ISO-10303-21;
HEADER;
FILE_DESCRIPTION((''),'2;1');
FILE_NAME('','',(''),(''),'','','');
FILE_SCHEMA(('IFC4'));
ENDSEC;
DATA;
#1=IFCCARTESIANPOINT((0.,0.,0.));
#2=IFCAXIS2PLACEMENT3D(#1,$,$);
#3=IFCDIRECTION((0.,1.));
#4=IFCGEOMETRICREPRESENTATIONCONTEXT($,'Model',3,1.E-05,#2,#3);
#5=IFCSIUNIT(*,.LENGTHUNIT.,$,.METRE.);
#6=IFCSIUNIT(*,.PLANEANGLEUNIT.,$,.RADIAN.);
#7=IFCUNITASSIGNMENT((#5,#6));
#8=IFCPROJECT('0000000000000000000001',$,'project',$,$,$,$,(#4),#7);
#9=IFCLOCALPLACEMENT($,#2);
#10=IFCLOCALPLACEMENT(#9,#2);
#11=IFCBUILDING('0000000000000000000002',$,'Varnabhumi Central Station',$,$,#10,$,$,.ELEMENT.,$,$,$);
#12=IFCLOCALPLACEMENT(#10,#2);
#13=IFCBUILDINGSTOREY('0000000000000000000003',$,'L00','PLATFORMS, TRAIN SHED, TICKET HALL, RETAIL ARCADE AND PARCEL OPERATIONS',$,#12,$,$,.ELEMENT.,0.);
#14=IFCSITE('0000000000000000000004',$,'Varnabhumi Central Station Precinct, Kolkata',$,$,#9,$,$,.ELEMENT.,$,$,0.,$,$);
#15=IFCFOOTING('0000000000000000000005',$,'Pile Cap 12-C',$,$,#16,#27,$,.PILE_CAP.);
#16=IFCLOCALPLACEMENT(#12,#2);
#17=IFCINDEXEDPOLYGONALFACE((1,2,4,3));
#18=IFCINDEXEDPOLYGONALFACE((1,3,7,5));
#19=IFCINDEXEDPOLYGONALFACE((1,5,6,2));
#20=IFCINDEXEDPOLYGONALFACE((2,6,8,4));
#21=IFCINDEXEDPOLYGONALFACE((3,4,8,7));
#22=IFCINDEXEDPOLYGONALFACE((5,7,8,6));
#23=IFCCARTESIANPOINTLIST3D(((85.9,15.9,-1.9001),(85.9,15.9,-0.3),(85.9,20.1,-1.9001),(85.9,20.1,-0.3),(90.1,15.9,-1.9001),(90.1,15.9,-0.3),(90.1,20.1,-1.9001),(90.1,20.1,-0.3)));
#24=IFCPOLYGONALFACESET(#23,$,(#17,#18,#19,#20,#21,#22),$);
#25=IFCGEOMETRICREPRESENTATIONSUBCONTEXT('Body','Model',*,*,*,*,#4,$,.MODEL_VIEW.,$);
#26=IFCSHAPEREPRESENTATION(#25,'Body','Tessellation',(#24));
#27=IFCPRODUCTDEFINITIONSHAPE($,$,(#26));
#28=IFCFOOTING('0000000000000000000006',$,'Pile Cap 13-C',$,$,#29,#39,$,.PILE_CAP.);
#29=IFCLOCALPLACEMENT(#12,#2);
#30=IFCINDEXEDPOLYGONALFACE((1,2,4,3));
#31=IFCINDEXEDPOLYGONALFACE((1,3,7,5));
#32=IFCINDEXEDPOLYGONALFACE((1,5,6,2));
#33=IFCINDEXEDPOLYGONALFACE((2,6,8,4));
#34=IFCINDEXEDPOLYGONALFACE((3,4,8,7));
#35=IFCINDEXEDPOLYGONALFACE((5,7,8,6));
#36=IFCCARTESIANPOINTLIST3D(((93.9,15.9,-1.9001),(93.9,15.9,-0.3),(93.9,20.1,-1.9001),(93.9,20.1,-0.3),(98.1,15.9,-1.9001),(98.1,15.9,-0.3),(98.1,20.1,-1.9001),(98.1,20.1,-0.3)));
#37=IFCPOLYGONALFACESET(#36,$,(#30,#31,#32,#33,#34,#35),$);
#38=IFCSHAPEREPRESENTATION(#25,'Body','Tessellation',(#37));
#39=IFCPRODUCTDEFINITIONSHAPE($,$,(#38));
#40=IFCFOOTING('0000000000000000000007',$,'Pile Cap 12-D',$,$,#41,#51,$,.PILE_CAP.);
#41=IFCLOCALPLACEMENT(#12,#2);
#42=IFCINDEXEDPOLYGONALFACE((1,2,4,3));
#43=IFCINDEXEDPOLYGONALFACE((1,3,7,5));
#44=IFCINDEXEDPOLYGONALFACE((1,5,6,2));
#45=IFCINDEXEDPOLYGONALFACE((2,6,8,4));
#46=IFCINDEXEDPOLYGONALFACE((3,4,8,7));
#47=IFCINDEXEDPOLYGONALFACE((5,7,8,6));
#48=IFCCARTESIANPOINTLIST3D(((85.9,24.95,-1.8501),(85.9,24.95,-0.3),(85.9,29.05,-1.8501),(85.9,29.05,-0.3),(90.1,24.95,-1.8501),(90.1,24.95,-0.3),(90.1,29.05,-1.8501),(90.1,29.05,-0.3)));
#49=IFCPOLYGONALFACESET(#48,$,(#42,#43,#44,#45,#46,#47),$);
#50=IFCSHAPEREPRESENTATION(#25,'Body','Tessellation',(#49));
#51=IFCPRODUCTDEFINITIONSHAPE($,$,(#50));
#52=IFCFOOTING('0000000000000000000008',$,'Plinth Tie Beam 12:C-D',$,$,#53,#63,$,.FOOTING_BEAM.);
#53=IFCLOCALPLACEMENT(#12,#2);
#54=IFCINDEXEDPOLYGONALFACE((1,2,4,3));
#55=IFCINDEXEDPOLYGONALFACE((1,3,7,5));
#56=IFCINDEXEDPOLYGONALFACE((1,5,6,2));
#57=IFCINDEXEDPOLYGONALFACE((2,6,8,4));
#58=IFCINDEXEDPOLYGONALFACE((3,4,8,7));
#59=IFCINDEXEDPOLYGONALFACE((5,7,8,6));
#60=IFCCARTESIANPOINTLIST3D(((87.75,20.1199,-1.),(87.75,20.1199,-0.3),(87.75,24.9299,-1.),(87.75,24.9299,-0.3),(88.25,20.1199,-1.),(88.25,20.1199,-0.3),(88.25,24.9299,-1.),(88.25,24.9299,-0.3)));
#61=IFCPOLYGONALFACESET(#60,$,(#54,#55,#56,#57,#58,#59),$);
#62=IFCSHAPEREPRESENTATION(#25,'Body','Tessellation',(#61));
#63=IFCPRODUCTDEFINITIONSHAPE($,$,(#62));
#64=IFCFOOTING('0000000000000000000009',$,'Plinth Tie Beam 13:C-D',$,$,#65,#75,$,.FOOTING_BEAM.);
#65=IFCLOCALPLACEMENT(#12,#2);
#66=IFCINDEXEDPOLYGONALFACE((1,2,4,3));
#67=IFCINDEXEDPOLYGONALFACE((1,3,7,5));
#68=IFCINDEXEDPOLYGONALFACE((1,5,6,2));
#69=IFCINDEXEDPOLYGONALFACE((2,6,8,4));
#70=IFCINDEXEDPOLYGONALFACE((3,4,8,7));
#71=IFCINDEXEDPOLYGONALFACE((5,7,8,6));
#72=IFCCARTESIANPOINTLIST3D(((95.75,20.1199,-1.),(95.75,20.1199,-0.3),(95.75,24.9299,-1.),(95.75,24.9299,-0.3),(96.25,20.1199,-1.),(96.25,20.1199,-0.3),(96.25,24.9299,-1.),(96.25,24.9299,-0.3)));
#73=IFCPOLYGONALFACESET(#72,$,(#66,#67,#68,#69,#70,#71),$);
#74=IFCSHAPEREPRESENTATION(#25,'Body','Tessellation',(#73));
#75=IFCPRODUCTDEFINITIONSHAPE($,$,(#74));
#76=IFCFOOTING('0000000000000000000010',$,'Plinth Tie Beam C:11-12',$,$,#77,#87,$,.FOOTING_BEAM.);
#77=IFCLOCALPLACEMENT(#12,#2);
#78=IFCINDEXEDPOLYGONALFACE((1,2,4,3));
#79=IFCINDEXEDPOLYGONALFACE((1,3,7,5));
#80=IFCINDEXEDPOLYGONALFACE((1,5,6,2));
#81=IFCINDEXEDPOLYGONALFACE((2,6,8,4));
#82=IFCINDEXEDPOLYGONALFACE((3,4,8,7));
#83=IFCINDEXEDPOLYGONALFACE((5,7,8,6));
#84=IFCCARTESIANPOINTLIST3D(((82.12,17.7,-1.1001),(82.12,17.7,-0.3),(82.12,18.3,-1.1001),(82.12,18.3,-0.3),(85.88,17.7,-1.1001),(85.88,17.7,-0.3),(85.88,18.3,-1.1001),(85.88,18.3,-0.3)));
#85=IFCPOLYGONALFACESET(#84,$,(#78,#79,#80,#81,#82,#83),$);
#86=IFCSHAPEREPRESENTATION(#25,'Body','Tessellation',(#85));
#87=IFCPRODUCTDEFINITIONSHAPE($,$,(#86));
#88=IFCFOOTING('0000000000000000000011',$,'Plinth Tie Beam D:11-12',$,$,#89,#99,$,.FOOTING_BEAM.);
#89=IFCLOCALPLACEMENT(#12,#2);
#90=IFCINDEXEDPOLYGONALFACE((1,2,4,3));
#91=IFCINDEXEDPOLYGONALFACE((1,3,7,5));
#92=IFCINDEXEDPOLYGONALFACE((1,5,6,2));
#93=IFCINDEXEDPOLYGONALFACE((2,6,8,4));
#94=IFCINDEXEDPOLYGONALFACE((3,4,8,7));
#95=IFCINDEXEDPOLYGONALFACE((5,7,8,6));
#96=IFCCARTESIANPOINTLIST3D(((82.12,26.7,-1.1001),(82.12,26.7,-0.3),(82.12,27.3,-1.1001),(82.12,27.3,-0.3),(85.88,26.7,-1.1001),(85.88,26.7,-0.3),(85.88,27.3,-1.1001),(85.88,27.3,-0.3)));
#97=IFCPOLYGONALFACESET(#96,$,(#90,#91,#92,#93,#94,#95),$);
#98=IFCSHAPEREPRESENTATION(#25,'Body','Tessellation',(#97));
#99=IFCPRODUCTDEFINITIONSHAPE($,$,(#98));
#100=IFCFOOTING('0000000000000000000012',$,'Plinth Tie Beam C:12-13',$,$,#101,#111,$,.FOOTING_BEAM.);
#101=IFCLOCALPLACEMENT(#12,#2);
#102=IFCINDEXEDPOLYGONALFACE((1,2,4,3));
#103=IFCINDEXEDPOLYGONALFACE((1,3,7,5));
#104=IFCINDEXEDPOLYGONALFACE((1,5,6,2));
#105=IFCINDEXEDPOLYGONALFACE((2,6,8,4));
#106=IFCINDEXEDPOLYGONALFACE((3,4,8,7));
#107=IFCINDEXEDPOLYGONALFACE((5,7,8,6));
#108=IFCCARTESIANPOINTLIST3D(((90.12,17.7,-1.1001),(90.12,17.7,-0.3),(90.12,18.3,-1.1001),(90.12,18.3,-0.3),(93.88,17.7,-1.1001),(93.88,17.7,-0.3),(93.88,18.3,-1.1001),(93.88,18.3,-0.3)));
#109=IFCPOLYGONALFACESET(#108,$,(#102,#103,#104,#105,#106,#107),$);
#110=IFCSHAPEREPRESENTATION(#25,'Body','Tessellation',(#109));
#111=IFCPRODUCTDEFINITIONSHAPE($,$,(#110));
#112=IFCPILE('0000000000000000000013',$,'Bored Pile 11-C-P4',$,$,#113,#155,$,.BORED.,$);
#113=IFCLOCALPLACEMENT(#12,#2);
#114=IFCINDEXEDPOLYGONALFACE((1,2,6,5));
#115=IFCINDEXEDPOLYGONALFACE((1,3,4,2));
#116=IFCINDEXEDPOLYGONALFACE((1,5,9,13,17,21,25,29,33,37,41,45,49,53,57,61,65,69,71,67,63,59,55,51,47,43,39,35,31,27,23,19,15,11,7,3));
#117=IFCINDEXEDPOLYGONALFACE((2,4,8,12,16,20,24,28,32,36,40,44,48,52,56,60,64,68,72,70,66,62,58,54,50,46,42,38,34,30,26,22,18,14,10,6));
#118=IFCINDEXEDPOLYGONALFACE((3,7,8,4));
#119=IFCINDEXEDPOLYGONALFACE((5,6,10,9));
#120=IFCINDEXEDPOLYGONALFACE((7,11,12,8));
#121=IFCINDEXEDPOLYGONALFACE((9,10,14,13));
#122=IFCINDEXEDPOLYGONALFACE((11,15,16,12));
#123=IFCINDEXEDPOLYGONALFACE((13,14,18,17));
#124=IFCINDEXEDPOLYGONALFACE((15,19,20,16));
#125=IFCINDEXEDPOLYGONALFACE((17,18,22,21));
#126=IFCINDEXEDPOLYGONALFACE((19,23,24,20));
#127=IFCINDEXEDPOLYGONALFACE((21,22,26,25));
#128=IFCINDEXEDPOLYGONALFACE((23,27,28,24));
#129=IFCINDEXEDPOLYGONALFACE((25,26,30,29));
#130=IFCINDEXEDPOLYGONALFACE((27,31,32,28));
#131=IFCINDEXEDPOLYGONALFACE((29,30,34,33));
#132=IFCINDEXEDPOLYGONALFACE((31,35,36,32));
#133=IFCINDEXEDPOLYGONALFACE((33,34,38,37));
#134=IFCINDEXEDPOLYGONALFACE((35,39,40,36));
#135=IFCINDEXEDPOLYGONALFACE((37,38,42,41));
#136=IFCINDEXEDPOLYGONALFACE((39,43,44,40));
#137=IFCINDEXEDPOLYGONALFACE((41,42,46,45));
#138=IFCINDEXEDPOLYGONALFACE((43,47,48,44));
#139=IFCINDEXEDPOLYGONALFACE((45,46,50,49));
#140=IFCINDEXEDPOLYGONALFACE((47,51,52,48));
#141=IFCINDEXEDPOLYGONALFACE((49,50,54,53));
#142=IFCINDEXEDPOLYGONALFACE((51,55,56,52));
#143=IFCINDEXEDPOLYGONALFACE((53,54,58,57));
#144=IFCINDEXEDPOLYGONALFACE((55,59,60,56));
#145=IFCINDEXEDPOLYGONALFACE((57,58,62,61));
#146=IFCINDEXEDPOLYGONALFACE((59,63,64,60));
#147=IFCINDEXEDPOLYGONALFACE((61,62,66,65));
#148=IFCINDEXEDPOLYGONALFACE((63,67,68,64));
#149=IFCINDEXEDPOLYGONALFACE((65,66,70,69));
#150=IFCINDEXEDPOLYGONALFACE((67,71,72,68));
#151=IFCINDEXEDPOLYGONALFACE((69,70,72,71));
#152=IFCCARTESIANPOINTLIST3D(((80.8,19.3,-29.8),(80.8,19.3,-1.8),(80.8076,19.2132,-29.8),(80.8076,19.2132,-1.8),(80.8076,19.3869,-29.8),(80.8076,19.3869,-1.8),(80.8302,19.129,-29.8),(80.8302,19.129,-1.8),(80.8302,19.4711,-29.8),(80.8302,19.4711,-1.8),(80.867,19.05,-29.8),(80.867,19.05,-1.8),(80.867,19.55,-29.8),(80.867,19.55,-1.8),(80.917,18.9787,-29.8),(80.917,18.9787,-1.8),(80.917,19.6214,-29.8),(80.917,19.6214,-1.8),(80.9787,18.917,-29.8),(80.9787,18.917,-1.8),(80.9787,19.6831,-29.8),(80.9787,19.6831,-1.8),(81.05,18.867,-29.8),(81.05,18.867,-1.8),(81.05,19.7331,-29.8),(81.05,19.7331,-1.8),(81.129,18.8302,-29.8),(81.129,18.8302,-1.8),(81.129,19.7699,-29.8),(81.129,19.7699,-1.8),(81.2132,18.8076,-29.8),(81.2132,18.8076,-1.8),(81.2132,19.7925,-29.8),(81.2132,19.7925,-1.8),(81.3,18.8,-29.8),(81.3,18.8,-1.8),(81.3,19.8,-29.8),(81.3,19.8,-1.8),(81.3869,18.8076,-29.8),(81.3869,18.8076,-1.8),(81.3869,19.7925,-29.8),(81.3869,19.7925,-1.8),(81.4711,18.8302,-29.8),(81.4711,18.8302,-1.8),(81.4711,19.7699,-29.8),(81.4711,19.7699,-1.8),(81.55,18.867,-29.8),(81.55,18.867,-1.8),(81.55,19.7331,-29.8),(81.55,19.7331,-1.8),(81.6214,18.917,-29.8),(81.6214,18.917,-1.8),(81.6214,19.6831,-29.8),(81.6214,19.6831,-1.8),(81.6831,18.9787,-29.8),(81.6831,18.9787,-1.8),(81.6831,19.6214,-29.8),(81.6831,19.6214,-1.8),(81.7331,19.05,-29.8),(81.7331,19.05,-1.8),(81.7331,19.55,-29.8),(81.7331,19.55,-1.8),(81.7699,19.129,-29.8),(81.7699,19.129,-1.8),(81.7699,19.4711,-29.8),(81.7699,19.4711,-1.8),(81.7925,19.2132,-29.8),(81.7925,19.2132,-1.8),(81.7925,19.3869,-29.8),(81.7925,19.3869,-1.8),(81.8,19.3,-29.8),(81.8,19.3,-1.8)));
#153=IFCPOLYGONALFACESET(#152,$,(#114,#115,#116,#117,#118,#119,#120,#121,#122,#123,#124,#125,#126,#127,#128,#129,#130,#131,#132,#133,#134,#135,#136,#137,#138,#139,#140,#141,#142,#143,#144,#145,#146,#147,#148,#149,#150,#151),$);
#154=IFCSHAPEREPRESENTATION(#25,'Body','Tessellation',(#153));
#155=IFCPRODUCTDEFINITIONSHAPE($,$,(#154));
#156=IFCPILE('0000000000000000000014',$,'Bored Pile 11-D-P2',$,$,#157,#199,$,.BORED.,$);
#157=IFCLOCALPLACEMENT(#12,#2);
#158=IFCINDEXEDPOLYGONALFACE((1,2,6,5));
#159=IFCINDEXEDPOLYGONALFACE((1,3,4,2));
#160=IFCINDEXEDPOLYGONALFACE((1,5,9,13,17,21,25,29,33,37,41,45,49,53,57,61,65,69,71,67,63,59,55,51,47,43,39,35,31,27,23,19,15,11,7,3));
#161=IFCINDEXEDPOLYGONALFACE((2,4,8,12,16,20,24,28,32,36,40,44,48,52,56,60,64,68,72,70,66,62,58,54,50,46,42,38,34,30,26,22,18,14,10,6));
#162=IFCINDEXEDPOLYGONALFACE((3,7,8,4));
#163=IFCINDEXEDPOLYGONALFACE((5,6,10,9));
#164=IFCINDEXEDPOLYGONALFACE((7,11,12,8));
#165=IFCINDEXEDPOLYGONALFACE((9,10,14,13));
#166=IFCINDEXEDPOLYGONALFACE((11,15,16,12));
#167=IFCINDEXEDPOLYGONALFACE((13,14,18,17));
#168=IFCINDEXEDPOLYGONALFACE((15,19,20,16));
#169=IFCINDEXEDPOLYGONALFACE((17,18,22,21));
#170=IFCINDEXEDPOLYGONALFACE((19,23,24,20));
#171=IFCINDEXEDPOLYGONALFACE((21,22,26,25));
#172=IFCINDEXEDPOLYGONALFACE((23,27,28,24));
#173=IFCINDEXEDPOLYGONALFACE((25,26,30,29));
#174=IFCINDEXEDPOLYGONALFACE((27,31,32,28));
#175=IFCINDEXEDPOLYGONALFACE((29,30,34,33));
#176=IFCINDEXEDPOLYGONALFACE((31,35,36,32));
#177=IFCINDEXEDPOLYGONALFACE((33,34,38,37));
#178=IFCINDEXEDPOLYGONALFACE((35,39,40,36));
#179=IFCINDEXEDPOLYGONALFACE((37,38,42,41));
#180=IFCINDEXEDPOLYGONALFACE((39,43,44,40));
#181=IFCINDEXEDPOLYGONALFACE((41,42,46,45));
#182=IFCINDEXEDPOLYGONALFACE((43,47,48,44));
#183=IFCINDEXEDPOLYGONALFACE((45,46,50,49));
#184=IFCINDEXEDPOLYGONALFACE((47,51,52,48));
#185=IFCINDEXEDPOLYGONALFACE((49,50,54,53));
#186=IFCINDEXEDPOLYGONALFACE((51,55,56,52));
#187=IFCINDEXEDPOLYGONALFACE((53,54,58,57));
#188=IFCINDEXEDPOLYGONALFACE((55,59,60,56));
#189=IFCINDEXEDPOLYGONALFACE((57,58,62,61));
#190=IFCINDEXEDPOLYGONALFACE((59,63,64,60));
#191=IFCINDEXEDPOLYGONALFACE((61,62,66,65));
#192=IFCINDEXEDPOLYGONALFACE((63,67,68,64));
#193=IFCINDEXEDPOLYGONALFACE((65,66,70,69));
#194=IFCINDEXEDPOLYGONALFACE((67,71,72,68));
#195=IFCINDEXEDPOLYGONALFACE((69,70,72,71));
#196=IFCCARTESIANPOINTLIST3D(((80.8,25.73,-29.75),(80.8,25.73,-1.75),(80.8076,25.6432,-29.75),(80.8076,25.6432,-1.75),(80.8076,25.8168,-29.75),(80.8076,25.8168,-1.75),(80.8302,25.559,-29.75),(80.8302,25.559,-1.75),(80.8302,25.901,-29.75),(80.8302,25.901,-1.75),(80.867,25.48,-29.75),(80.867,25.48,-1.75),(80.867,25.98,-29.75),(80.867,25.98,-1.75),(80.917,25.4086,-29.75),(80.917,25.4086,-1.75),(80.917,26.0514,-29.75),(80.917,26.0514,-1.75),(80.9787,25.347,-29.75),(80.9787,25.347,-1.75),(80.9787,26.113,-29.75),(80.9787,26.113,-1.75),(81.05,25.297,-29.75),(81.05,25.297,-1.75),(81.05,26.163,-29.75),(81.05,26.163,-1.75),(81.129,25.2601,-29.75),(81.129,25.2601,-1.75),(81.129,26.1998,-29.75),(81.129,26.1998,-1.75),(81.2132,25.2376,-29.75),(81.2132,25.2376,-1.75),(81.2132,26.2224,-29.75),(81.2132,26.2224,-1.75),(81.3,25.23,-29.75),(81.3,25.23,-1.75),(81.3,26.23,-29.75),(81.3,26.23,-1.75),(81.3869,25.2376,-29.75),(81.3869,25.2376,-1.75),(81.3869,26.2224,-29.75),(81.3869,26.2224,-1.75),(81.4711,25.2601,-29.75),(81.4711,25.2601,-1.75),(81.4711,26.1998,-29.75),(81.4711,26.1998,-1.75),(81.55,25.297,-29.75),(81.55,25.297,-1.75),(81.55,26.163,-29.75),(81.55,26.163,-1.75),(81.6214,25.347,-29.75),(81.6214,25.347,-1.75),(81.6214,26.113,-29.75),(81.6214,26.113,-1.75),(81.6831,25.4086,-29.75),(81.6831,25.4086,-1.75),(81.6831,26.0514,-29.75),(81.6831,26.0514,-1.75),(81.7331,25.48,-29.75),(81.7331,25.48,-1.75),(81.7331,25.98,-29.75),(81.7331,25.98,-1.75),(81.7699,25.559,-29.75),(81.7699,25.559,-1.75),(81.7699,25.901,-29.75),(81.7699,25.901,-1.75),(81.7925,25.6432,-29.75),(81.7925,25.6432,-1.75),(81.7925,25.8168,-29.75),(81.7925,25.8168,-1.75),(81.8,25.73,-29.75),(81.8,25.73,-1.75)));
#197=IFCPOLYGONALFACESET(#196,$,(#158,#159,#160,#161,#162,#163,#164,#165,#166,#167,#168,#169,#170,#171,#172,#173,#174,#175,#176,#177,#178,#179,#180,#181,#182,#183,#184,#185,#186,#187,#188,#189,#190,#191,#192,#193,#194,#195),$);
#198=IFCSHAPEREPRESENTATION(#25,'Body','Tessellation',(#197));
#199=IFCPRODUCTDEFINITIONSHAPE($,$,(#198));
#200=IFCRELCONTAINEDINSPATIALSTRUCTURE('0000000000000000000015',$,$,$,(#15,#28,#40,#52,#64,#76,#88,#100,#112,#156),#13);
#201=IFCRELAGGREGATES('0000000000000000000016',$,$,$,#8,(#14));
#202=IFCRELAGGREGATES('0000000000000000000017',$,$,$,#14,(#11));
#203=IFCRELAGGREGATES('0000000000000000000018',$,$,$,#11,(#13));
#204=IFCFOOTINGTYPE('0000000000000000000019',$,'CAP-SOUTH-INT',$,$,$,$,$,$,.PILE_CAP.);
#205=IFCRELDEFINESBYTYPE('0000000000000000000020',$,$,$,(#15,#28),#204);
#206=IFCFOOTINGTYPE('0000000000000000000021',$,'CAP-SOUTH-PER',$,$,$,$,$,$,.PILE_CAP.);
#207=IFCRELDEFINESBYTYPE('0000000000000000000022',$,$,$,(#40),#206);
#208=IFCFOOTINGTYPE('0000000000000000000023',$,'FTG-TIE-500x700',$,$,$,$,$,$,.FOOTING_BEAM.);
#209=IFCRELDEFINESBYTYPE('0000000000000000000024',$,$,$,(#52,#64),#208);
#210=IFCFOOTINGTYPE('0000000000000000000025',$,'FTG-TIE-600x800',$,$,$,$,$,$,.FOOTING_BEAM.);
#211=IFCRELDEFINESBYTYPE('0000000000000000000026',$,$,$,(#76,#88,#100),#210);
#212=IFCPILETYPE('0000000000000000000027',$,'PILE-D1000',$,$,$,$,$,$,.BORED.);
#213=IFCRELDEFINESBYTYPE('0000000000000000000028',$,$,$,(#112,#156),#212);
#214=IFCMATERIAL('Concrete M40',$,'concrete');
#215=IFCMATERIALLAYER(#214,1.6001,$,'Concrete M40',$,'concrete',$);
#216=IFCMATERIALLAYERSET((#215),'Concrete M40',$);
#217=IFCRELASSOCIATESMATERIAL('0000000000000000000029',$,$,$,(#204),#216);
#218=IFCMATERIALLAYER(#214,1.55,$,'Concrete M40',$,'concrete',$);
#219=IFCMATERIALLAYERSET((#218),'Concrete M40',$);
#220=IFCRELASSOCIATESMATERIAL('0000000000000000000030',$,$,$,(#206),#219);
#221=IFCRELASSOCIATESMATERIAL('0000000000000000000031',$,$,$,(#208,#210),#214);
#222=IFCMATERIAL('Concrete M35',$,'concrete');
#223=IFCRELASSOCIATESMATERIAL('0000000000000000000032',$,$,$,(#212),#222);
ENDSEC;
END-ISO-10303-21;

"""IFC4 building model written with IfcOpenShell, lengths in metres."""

from ifc_helpers import new_model, si_unit, direction, frame, origin, origin_2d, place, context, subcontext, project, spatial, rectangle, circle, extrude, material, layer, layer_set, material_profile, profile_set, type_object, element, save


model = new_model("IFC4")

# Units and contexts
model_context = context("Model", 3, precision=1e-05, world=origin(), true_north=direction((0.0, 1.0)))
body_context = subcontext(model_context, "Body", "Model", "MODEL_VIEW")
ifc_project = project(units=[si_unit("LENGTHUNIT", "METRE"), si_unit("PLANEANGLEUNIT", "RADIAN")], contexts=[model_context])

# Site, building, storey
site_placement = place(None, origin())
site = spatial("IfcSite", under=ifc_project, at=site_placement, Name="Varnabhumi Central Station Precinct, Kolkata", CompositionType="ELEMENT", RefElevation=0.0)
building_placement = place(site_placement, origin())
building = spatial("IfcBuilding", under=site, at=building_placement, Name="Varnabhumi Central Station", CompositionType="ELEMENT")
storey_placement = place(building_placement, origin())
storey = spatial("IfcBuildingStorey", under=building, at=storey_placement, Name="L00", Description="PLATFORMS, TRAIN SHED, TICKET HALL, RETAIL ARCADE AND PARCEL OPERATIONS", CompositionType="ELEMENT", Elevation=0.0)

# Footings
ifc_material_1 = material(Name="Concrete M40", Category="concrete")
ifc_layer_1 = layer(ifc_material_1, 1.6001, Name="Concrete M40", Category="concrete")
ifc_layer_set_1 = layer_set([ifc_layer_1], Name="Concrete M40")
footing_type_1 = type_object("IfcFootingType", Name="CAP-SOUTH-INT", PredefinedType="PILE_CAP", material=ifc_layer_set_1)
for number, where, z_axis, x_axis, name in (
    (1, (88.0, 18.0, -1.9001), (0.0, 0.0, 1.0), (1.0, 0.0, 0.0), "Pile Cap 12-C"),
    (2, (96.0, 18.0, -1.9001), (0.0, 0.0, 1.0), (1.0, 0.0, 0.0), "Pile Cap 13-C"),
):
    element("IfcFooting", number, at=place(storey_placement, frame(where, z_axis=z_axis, x_axis=x_axis)), inside=storey, type_object=footing_type_1, Name=name, PredefinedType="PILE_CAP", context=body_context, shape_type="SweptSolid", body=[
        extrude(rectangle(XDim=4.2, YDim=4.2, at=origin_2d()), origin(), (0.0, 0.0, 1.0), 1.6001),
    ])
ifc_layer_2 = layer(ifc_material_1, 1.55, Name="Concrete M40", Category="concrete")
ifc_layer_set_2 = layer_set([ifc_layer_2], Name="Concrete M40")
footing_type_2 = type_object("IfcFootingType", Name="CAP-SOUTH-PER", PredefinedType="PILE_CAP", material=ifc_layer_set_2)
footing_placement = place(storey_placement, frame((88.0, 27.0, -1.8501), z_axis=(0.0, 0.0, 1.0), x_axis=(1.0, 0.0, 0.0)))
element("IfcFooting", 3, at=footing_placement, inside=storey, type_object=footing_type_2, Name="Pile Cap 12-D", PredefinedType="PILE_CAP", context=body_context, shape_type="SweptSolid", body=[
    extrude(rectangle(XDim=4.2, YDim=4.1001, at=origin_2d()), origin(), (0.0, 0.0, 1.0), 1.55),
])
footing_type_3 = type_object("IfcFootingType", Name="FTG-TIE-500x700", PredefinedType="FOOTING_BEAM", material=ifc_material_1)
for number, where, z_axis, x_axis, name in (
    (4, (88.0, 22.5249, -1.0), (0.0, 0.0, 1.0), (1.0, 0.0, 0.0), "Plinth Tie Beam 12:C-D"),
    (5, (96.0, 22.5249, -1.0), (0.0, 0.0, 1.0), (1.0, 0.0, 0.0), "Plinth Tie Beam 13:C-D"),
):
    element("IfcFooting", number, at=place(storey_placement, frame(where, z_axis=z_axis, x_axis=x_axis)), inside=storey, type_object=footing_type_3, Name=name, PredefinedType="FOOTING_BEAM", context=body_context, shape_type="SweptSolid", body=[
        extrude(rectangle(XDim=0.5, YDim=4.8101, at=origin_2d()), origin(), (0.0, 0.0, 1.0), 0.7),
    ])
footing_type_4 = type_object("IfcFootingType", Name="FTG-TIE-600x800", PredefinedType="FOOTING_BEAM", material=ifc_material_1)
for number, where, z_axis, x_axis, name in (
    (6, (84.0, 18.0, -1.1001), (0.0, 0.0, 1.0), (1.0, 0.0, 0.0), "Plinth Tie Beam C:11-12"),
    (7, (84.0, 27.0, -1.1001), (0.0, 0.0, 1.0), (1.0, 0.0, 0.0), "Plinth Tie Beam D:11-12"),
    (8, (92.0, 18.0, -1.1001), (0.0, 0.0, 1.0), (1.0, 0.0, 0.0), "Plinth Tie Beam C:12-13"),
):
    element("IfcFooting", number, at=place(storey_placement, frame(where, z_axis=z_axis, x_axis=x_axis)), inside=storey, type_object=footing_type_4, Name=name, PredefinedType="FOOTING_BEAM", context=body_context, shape_type="SweptSolid", body=[
        extrude(rectangle(XDim=3.76, YDim=0.6001, at=origin_2d()), origin(), (0.0, 0.0, 1.0), 0.8),
    ])

# Piles
ifc_material_2 = material(Name="Concrete M35", Category="concrete")
ifc_material_profile_1 = material_profile(ifc_material_2, circle(Radius=0.5, at=origin_2d()), Name="Concrete M35", Category="concrete")
ifc_profile_set_1 = profile_set([ifc_material_profile_1], Name="Concrete M35")
pile_type = type_object("IfcPileType", Name="PILE-D1000", PredefinedType="BORED", material=ifc_profile_set_1)
for number, where, z_axis, x_axis, name in (
    (9, (81.3, 19.3, -1.8), (0.0, 0.0, -1.0), (1.0, 0.0, 0.0), "Bored Pile 11-C-P4"),
    (10, (81.3, 25.73, -1.75), (0.0, 0.0, -1.0), (1.0, 0.0, 0.0), "Bored Pile 11-D-P2"),
):
    element("IfcPile", number, at=place(storey_placement, frame(where, z_axis=z_axis, x_axis=x_axis)), inside=storey, type_object=pile_type, Name=name, PredefinedType="BORED", context=body_context, shape_type="SweptSolid", body=[
        extrude(circle(Radius=0.5, at=origin_2d()), origin(), (0.0, 0.0, 1.0), 28.0),
    ])

save(model, "model.ifc")
